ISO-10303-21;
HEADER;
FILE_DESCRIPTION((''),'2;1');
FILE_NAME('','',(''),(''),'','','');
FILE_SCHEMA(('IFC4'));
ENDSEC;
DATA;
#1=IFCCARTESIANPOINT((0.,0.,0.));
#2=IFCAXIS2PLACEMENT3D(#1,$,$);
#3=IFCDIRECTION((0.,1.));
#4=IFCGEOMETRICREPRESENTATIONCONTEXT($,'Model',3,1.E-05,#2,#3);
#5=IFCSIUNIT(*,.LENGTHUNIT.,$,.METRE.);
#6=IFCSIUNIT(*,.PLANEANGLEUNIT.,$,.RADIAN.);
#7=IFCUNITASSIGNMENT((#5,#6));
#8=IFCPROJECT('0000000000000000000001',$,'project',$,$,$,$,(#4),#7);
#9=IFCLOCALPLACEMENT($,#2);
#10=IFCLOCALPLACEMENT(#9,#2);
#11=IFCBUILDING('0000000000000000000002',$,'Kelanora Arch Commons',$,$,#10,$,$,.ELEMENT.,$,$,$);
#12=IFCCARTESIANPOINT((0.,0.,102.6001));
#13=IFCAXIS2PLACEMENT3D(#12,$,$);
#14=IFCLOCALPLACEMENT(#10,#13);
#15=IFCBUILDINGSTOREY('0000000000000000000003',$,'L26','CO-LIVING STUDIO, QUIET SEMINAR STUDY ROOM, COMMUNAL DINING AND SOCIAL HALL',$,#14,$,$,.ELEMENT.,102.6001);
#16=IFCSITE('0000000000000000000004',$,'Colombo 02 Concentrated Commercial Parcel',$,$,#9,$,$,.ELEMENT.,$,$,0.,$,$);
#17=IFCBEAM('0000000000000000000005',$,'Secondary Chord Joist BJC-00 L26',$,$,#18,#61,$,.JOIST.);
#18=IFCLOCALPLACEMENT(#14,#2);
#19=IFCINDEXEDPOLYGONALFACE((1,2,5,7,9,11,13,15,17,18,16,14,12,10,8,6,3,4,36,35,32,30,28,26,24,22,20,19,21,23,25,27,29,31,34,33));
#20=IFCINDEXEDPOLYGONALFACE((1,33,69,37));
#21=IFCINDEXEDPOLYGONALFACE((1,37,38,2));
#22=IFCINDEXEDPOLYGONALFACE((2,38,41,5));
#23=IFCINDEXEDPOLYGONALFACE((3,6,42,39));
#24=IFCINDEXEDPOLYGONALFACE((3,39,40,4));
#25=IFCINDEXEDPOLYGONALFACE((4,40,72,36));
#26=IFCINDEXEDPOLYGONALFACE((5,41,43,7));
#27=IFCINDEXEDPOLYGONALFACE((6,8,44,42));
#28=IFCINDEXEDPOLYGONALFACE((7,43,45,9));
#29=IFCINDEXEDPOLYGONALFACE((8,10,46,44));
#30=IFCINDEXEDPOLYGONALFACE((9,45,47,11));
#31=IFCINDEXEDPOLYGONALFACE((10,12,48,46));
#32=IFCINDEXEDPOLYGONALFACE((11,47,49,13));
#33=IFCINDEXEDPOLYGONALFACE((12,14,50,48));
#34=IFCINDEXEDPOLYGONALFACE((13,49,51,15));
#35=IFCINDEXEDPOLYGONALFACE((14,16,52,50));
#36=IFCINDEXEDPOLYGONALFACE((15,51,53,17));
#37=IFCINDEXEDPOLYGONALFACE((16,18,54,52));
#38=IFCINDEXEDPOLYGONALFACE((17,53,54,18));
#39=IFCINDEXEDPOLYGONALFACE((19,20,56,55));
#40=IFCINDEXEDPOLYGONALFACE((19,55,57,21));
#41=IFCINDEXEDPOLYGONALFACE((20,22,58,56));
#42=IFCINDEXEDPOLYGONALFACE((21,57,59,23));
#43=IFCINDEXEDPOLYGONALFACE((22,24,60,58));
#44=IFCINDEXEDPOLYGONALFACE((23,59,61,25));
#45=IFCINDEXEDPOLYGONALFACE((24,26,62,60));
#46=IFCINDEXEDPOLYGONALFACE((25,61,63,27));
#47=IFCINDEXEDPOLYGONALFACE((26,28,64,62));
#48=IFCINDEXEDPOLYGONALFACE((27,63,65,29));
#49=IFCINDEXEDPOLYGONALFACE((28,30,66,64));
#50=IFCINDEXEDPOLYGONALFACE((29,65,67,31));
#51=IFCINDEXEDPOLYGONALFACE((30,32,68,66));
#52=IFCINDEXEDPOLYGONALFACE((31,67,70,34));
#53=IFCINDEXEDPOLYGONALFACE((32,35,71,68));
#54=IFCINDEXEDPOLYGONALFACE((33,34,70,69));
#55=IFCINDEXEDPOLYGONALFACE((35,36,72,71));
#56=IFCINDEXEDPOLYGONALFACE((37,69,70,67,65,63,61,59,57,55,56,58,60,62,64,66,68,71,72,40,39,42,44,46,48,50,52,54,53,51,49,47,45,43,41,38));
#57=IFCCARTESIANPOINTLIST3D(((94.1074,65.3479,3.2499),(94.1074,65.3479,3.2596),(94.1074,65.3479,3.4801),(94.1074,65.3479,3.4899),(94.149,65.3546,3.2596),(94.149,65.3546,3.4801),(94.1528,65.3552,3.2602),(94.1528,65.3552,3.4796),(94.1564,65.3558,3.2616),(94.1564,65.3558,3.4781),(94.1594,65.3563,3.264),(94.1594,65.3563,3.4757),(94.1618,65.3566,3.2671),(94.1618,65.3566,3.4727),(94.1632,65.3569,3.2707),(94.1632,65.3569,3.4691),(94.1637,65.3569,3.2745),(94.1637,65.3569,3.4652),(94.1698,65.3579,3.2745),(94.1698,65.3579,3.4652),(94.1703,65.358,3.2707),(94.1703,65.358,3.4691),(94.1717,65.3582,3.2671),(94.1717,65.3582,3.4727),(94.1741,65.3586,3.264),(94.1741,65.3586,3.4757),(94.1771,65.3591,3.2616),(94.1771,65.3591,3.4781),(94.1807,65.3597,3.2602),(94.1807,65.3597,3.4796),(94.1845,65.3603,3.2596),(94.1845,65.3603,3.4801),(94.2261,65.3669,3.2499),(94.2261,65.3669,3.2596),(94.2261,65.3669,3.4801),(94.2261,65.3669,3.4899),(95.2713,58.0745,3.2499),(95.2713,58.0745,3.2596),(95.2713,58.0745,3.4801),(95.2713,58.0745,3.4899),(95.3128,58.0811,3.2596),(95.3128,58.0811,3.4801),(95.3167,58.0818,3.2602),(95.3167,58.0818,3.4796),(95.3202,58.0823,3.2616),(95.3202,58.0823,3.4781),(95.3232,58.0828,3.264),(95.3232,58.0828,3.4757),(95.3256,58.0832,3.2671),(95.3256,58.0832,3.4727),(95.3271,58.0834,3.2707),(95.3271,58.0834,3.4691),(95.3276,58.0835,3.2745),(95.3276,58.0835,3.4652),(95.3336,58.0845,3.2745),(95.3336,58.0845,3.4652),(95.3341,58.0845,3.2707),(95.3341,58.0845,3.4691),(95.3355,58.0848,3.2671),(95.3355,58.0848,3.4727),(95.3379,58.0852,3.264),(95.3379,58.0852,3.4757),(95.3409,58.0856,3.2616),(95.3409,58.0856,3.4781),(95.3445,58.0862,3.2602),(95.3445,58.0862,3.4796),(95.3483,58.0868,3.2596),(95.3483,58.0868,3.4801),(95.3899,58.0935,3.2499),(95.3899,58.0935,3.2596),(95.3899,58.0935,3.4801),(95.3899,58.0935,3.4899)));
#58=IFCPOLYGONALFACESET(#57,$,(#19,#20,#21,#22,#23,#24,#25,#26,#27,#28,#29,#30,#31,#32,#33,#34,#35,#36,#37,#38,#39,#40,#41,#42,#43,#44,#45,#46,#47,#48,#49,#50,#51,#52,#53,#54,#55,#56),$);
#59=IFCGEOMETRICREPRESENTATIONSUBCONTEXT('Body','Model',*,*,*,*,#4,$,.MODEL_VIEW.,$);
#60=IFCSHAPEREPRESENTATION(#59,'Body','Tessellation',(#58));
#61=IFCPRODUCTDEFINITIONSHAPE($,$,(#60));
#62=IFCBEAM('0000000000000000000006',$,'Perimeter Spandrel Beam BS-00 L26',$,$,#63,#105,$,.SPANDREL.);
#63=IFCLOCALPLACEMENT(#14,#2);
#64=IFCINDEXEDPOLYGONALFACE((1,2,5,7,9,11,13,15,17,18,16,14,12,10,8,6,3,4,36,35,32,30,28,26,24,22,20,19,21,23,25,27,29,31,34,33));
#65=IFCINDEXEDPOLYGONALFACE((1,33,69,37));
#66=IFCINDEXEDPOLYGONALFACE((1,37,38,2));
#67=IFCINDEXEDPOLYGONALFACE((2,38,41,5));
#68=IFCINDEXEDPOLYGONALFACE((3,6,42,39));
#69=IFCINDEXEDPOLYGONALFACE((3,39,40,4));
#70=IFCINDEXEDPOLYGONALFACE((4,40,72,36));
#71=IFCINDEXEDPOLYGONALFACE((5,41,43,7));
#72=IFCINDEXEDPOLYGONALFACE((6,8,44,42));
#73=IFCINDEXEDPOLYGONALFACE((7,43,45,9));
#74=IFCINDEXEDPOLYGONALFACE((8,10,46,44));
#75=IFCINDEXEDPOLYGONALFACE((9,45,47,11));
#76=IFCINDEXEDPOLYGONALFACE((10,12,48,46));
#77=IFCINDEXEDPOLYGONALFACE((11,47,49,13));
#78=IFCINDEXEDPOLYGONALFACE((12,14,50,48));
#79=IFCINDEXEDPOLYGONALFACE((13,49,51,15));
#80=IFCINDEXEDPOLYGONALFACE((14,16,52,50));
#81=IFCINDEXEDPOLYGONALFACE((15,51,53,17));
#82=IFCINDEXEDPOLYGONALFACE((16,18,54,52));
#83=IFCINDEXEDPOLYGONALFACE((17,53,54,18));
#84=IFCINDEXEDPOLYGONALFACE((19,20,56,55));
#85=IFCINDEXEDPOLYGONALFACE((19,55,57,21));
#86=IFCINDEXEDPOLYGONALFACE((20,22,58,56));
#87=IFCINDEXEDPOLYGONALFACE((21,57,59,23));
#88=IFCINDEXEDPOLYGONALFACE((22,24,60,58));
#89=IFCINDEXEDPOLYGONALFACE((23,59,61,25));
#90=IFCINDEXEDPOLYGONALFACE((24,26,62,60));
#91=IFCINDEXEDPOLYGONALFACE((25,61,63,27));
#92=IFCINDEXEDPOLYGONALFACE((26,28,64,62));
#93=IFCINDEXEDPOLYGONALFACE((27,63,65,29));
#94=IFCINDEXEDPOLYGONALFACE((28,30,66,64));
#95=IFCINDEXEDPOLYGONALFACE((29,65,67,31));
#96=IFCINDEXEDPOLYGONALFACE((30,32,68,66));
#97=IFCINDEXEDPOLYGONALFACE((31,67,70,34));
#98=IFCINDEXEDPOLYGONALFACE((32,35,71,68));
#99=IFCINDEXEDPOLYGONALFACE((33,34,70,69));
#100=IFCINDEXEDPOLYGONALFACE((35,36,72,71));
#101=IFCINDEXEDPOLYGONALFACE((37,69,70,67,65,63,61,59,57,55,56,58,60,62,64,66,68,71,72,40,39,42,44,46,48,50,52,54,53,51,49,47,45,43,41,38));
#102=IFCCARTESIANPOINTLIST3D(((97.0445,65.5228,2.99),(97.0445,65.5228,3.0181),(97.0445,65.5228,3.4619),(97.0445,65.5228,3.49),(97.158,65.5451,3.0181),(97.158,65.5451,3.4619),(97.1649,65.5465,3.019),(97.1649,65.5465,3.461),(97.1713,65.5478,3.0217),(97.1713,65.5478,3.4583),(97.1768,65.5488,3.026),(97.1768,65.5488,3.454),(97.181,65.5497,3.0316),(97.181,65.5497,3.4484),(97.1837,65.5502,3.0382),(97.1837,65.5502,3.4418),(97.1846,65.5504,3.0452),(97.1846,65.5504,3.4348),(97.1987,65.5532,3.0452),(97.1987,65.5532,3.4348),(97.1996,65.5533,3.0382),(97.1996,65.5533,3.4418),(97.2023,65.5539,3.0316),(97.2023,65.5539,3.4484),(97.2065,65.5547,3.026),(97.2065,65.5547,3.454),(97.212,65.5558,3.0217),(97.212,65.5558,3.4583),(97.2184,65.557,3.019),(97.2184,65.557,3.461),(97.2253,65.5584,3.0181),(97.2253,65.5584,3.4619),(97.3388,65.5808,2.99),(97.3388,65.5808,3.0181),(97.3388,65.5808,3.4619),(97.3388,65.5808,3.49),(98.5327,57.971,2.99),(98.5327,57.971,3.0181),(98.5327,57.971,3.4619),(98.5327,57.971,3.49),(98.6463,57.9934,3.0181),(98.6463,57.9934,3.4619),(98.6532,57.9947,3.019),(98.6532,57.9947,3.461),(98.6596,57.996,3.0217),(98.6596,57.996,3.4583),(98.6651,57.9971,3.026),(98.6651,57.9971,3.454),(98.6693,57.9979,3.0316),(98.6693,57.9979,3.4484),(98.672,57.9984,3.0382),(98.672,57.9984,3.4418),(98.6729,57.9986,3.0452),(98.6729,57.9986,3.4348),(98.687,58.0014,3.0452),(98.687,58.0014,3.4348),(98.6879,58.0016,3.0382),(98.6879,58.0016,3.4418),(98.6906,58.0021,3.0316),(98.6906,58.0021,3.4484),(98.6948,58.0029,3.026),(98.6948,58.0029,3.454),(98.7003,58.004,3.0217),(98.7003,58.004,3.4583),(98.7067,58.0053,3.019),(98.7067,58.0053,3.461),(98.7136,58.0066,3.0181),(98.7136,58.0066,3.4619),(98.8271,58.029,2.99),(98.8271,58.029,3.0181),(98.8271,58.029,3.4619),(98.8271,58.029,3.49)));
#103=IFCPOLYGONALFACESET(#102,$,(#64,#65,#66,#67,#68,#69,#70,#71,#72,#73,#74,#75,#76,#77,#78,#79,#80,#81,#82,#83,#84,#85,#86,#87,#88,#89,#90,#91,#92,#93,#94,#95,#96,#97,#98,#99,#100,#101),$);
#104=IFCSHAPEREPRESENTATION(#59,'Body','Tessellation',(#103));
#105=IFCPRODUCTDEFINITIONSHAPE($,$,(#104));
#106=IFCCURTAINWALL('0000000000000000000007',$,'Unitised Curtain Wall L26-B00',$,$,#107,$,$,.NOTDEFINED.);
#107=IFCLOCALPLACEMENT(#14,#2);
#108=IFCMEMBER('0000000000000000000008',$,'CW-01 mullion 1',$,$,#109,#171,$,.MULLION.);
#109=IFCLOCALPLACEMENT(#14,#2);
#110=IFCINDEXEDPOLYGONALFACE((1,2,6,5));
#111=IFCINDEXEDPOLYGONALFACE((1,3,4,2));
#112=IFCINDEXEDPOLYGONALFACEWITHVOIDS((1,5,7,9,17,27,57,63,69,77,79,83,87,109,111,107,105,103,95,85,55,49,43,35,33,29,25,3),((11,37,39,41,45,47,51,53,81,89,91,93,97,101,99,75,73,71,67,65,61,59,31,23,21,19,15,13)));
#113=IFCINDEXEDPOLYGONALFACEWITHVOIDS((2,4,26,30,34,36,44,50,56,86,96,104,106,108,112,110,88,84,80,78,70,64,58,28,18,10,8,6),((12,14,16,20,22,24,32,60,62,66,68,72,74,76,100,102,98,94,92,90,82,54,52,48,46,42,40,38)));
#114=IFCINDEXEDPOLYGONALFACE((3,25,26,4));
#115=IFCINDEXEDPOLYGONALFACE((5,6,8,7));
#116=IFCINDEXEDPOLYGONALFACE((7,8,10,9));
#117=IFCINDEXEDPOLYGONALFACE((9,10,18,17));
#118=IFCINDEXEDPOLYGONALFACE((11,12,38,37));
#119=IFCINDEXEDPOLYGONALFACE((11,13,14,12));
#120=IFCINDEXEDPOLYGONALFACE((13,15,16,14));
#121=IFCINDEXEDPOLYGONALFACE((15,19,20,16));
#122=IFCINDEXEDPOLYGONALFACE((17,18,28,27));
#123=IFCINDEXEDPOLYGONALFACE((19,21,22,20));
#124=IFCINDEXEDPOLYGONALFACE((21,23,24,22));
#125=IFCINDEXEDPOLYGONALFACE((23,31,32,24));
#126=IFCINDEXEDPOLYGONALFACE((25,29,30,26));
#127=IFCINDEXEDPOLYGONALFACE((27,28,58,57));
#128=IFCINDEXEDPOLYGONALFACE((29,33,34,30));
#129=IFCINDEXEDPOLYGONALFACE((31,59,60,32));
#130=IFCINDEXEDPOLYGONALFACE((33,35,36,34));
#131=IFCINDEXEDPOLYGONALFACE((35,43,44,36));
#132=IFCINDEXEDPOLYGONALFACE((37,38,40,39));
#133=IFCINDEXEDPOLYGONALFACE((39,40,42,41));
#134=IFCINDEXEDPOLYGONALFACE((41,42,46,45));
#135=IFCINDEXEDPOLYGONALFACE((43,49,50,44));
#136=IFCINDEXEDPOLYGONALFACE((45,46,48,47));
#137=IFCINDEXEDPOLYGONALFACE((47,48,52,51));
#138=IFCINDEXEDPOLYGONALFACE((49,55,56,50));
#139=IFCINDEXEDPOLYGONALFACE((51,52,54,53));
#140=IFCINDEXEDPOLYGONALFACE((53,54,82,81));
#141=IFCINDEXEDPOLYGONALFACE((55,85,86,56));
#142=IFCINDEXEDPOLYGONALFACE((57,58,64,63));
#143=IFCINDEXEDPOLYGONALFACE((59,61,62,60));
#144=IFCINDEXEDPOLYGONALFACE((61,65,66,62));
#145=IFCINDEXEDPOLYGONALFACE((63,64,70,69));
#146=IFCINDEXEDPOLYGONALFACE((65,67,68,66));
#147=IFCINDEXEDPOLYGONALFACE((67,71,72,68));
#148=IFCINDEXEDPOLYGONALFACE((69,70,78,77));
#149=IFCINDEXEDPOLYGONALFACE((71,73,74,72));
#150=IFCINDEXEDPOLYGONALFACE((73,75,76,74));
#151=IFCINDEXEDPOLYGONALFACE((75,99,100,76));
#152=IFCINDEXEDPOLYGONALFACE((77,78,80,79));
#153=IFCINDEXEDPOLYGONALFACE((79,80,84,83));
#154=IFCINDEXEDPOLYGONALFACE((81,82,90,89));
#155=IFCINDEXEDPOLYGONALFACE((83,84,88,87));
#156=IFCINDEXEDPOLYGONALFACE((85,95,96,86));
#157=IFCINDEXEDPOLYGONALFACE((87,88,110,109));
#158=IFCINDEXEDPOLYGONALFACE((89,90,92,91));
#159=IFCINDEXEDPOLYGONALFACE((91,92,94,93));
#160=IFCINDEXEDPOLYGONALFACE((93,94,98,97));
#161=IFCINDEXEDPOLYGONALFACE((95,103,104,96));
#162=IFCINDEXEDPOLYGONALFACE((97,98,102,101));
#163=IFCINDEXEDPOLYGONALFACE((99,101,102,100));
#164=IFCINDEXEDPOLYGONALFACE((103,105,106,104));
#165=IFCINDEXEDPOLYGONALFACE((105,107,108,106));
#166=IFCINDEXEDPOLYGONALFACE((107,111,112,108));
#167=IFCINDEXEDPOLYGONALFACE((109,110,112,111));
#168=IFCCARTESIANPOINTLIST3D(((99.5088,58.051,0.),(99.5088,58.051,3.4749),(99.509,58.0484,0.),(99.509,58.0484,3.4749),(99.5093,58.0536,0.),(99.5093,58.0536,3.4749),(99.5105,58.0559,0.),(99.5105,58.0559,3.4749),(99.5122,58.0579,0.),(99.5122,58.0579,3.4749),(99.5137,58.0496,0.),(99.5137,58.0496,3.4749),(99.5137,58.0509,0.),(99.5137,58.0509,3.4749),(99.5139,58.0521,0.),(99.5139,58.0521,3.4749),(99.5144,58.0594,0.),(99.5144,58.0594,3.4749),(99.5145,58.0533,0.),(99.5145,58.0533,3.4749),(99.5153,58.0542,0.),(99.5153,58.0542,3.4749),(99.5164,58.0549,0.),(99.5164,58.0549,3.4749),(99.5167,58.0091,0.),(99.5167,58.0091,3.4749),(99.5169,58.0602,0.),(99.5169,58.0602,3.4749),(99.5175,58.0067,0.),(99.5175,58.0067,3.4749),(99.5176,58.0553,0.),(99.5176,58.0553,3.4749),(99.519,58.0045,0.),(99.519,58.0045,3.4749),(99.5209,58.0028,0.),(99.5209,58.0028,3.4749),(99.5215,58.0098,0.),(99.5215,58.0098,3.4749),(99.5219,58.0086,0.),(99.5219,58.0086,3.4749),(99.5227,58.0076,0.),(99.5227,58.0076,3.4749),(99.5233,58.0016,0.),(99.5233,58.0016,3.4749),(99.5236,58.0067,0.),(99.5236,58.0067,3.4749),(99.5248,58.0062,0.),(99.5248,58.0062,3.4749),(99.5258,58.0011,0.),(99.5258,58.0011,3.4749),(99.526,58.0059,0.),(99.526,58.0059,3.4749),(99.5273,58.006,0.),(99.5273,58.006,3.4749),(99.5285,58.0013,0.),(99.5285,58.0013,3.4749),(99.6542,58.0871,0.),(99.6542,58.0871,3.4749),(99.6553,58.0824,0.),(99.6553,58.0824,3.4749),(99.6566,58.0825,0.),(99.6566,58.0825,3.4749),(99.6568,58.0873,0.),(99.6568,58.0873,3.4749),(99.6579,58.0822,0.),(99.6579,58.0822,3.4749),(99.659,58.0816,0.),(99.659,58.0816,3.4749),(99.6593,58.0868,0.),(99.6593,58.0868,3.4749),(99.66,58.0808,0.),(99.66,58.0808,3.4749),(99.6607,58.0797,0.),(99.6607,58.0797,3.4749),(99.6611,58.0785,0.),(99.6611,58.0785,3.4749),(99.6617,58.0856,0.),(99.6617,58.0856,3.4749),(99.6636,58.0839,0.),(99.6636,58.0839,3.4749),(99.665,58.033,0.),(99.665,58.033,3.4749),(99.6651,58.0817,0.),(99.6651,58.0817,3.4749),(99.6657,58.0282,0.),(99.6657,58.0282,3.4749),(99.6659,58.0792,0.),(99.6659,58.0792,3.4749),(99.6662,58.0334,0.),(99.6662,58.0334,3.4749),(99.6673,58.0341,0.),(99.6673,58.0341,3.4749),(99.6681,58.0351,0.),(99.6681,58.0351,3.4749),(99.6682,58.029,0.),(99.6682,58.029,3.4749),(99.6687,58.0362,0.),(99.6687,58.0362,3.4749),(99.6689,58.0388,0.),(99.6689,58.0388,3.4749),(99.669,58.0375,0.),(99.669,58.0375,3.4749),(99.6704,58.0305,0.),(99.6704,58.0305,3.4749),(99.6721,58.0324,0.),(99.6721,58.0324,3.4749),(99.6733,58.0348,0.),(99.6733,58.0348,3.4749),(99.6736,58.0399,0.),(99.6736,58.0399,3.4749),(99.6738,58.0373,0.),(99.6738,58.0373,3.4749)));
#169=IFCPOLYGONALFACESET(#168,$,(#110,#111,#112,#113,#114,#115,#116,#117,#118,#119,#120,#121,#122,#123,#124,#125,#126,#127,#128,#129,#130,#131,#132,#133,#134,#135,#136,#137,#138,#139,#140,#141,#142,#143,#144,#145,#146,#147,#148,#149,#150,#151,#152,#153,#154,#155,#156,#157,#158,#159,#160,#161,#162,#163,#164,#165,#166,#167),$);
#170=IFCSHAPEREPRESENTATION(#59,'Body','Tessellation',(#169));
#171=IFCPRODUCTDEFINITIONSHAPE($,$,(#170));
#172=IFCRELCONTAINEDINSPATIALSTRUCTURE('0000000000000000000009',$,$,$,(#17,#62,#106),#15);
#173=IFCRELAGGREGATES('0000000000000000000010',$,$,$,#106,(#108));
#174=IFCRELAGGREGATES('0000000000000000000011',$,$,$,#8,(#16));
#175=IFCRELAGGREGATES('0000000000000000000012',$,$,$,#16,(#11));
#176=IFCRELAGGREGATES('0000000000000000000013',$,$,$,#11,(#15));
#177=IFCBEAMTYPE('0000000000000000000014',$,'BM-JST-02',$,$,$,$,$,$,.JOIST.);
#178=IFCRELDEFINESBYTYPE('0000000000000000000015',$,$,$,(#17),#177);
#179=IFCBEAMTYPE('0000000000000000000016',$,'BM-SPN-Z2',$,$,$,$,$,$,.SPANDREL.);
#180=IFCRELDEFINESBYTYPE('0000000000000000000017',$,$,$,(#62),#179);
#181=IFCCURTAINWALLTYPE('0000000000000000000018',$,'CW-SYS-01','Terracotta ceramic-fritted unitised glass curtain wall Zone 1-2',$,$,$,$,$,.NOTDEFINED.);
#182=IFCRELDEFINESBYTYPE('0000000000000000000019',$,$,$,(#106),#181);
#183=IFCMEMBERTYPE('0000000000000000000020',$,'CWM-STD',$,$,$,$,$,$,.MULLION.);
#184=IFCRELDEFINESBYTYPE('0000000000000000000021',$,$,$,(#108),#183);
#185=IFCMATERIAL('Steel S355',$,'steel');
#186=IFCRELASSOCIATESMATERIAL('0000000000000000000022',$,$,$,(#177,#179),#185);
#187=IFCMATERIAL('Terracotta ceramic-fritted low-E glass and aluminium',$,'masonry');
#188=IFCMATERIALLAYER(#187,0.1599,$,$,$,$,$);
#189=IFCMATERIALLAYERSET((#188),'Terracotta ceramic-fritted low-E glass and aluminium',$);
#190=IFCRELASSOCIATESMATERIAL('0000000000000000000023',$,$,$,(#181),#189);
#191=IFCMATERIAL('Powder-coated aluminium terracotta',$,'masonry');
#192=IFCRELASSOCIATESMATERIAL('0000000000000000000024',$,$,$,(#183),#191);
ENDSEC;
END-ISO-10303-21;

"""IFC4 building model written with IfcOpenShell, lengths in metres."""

from ifc_helpers import new_model, si_unit, direction, frame, origin, origin_2d, place, context, subcontext, project, spatial, hollow_rectangle, i_section, extrude, material, layer, layer_set, material_profile, profile_set, type_object, element, aggregate, save


model = new_model("IFC4")

# Units and contexts
model_context = context("Model", 3, precision=1e-05, world=origin(), true_north=direction((0.0, 1.0)))
body_context = subcontext(model_context, "Body", "Model", "MODEL_VIEW")
ifc_project = project(units=[si_unit("LENGTHUNIT", "METRE"), si_unit("PLANEANGLEUNIT", "RADIAN")], contexts=[model_context])

# Site, building, storey
site_placement = place(None, origin())
site = spatial("IfcSite", under=ifc_project, at=site_placement, Name="Colombo 02 Concentrated Commercial Parcel", CompositionType="ELEMENT", RefElevation=0.0)
building_placement = place(site_placement, origin())
building = spatial("IfcBuilding", under=site, at=building_placement, Name="Kelanora Arch Commons", CompositionType="ELEMENT")
storey_placement = place(building_placement, frame((0.0, 0.0, 102.6001)))
storey = spatial("IfcBuildingStorey", under=building, at=storey_placement, Name="L26", Description="CO-LIVING STUDIO, QUIET SEMINAR STUDY ROOM, COMMUNAL DINING AND SOCIAL HALL", CompositionType="ELEMENT", Elevation=102.6001)

# Beams
ifc_material_1 = material(Name="Steel S355", Category="steel")
ifc_material_profile_1 = material_profile(ifc_material_1, i_section(OverallWidth=0.1201, OverallDepth=0.24, WebThickness=0.0061, FlangeThickness=0.0098, FilletRadius=0.0149, at=origin_2d()), Name="IPE240")
ifc_profile_set_1 = profile_set([ifc_material_profile_1], Name="Steel S355")
beam_type_1 = type_object("IfcBeamType", Name="BM-JST-02", PredefinedType="JOIST", material=ifc_profile_set_1)
beam_1_placement = place(storey_placement, frame((95.3306, 58.084, 3.3699), z_axis=(-0.158, 0.987439, 0.0), x_axis=(-0.987439, -0.158, 0.0)))
element("IfcBeam", 1, at=beam_1_placement, inside=storey, type_object=beam_type_1, Name="Secondary Chord Joist BJC-00 L26", PredefinedType="JOIST", context=body_context, shape_type="SweptSolid", body=[
    extrude(i_section(OverallWidth=0.1201, OverallDepth=0.24, WebThickness=0.0061, FlangeThickness=0.0098, FilletRadius=0.0149, at=origin_2d()), origin(), (0.0, 0.0, 1.0), 7.366),
])
ifc_material_profile_2 = material_profile(ifc_material_1, i_section(OverallWidth=0.3, OverallDepth=0.5, WebThickness=0.0144, FlangeThickness=0.0281, FilletRadius=0.0271, at=origin_2d()), Name="HEB500")
ifc_profile_set_2 = profile_set([ifc_material_profile_2], Name="Steel S355")
beam_type_2 = type_object("IfcBeamType", Name="BM-SPN-Z2", PredefinedType="SPANDREL", material=ifc_profile_set_2)
beam_2_placement = place(storey_placement, frame((98.6799, 58.0, 3.24), z_axis=(-0.193358, 0.981128, 0.0), x_axis=(-0.981128, -0.193358, 0.0)))
element("IfcBeam", 2, at=beam_2_placement, inside=storey, type_object=beam_type_2, Name="Perimeter Spandrel Beam BS-00 L26", PredefinedType="SPANDREL", context=body_context, shape_type="SweptSolid", body=[
    extrude(i_section(OverallWidth=0.3, OverallDepth=0.5, WebThickness=0.0144, FlangeThickness=0.0281, FilletRadius=0.0271, at=origin_2d()), origin(), (0.0, 0.0, 1.0), 7.697),
])

# Curtain wall, member
ifc_material_2 = material(Name="Terracotta ceramic-fritted low-E glass and aluminium", Category="masonry")
ifc_layer_1 = layer(ifc_material_2, 0.1599)
ifc_layer_set_1 = layer_set([ifc_layer_1], Name="Terracotta ceramic-fritted low-E glass and aluminium")
curtain_wall_type = type_object("IfcCurtainWallType", Name="CW-SYS-01", Description="Terracotta ceramic-fritted unitised glass curtain wall Zone 1-2", PredefinedType="NOTDEFINED", material=ifc_layer_set_1)
curtain_wall_placement = place(storey_placement, origin())
curtain_wall = element("IfcCurtainWall", 3, at=curtain_wall_placement, inside=storey, type_object=curtain_wall_type, Name="Unitised Curtain Wall L26-B00", PredefinedType="NOTDEFINED")
ifc_material_3 = material(Name="Powder-coated aluminium terracotta", Category="masonry")
ifc_material_profile_3 = material_profile(ifc_material_3, hollow_rectangle(XDim=0.1599, YDim=0.0601, WallThickness=0.0049, InnerFilletRadius=0.0049, OuterFilletRadius=0.01, at=origin_2d()), Name="CWM160x60")
ifc_profile_set_3 = profile_set([ifc_material_profile_3], Name="Powder-coated aluminium terracotta")
member_type_1 = type_object("IfcMemberType", Name="CWM-STD", PredefinedType="MULLION", material=ifc_profile_set_3)
member_1_placement = place(storey_placement, frame((99.5913, 58.0442, 0.0), z_axis=(0.0, 0.0, 1.0), x_axis=(-0.98128, -0.192585, 0.0)))
member_1 = element("IfcMember", 4, at=member_1_placement, type_object=member_type_1, Name="CW-01 mullion 1", PredefinedType="MULLION", context=body_context, shape_type="SweptSolid", body=[
    extrude(hollow_rectangle(XDim=0.1599, YDim=0.0601, WallThickness=0.0049, InnerFilletRadius=0.0049, OuterFilletRadius=0.01, at=origin_2d()), origin(), (0.0, 0.0, 1.0), 3.4749),
])
aggregate(curtain_wall, [member_1])

save(model, "model.ifc")
